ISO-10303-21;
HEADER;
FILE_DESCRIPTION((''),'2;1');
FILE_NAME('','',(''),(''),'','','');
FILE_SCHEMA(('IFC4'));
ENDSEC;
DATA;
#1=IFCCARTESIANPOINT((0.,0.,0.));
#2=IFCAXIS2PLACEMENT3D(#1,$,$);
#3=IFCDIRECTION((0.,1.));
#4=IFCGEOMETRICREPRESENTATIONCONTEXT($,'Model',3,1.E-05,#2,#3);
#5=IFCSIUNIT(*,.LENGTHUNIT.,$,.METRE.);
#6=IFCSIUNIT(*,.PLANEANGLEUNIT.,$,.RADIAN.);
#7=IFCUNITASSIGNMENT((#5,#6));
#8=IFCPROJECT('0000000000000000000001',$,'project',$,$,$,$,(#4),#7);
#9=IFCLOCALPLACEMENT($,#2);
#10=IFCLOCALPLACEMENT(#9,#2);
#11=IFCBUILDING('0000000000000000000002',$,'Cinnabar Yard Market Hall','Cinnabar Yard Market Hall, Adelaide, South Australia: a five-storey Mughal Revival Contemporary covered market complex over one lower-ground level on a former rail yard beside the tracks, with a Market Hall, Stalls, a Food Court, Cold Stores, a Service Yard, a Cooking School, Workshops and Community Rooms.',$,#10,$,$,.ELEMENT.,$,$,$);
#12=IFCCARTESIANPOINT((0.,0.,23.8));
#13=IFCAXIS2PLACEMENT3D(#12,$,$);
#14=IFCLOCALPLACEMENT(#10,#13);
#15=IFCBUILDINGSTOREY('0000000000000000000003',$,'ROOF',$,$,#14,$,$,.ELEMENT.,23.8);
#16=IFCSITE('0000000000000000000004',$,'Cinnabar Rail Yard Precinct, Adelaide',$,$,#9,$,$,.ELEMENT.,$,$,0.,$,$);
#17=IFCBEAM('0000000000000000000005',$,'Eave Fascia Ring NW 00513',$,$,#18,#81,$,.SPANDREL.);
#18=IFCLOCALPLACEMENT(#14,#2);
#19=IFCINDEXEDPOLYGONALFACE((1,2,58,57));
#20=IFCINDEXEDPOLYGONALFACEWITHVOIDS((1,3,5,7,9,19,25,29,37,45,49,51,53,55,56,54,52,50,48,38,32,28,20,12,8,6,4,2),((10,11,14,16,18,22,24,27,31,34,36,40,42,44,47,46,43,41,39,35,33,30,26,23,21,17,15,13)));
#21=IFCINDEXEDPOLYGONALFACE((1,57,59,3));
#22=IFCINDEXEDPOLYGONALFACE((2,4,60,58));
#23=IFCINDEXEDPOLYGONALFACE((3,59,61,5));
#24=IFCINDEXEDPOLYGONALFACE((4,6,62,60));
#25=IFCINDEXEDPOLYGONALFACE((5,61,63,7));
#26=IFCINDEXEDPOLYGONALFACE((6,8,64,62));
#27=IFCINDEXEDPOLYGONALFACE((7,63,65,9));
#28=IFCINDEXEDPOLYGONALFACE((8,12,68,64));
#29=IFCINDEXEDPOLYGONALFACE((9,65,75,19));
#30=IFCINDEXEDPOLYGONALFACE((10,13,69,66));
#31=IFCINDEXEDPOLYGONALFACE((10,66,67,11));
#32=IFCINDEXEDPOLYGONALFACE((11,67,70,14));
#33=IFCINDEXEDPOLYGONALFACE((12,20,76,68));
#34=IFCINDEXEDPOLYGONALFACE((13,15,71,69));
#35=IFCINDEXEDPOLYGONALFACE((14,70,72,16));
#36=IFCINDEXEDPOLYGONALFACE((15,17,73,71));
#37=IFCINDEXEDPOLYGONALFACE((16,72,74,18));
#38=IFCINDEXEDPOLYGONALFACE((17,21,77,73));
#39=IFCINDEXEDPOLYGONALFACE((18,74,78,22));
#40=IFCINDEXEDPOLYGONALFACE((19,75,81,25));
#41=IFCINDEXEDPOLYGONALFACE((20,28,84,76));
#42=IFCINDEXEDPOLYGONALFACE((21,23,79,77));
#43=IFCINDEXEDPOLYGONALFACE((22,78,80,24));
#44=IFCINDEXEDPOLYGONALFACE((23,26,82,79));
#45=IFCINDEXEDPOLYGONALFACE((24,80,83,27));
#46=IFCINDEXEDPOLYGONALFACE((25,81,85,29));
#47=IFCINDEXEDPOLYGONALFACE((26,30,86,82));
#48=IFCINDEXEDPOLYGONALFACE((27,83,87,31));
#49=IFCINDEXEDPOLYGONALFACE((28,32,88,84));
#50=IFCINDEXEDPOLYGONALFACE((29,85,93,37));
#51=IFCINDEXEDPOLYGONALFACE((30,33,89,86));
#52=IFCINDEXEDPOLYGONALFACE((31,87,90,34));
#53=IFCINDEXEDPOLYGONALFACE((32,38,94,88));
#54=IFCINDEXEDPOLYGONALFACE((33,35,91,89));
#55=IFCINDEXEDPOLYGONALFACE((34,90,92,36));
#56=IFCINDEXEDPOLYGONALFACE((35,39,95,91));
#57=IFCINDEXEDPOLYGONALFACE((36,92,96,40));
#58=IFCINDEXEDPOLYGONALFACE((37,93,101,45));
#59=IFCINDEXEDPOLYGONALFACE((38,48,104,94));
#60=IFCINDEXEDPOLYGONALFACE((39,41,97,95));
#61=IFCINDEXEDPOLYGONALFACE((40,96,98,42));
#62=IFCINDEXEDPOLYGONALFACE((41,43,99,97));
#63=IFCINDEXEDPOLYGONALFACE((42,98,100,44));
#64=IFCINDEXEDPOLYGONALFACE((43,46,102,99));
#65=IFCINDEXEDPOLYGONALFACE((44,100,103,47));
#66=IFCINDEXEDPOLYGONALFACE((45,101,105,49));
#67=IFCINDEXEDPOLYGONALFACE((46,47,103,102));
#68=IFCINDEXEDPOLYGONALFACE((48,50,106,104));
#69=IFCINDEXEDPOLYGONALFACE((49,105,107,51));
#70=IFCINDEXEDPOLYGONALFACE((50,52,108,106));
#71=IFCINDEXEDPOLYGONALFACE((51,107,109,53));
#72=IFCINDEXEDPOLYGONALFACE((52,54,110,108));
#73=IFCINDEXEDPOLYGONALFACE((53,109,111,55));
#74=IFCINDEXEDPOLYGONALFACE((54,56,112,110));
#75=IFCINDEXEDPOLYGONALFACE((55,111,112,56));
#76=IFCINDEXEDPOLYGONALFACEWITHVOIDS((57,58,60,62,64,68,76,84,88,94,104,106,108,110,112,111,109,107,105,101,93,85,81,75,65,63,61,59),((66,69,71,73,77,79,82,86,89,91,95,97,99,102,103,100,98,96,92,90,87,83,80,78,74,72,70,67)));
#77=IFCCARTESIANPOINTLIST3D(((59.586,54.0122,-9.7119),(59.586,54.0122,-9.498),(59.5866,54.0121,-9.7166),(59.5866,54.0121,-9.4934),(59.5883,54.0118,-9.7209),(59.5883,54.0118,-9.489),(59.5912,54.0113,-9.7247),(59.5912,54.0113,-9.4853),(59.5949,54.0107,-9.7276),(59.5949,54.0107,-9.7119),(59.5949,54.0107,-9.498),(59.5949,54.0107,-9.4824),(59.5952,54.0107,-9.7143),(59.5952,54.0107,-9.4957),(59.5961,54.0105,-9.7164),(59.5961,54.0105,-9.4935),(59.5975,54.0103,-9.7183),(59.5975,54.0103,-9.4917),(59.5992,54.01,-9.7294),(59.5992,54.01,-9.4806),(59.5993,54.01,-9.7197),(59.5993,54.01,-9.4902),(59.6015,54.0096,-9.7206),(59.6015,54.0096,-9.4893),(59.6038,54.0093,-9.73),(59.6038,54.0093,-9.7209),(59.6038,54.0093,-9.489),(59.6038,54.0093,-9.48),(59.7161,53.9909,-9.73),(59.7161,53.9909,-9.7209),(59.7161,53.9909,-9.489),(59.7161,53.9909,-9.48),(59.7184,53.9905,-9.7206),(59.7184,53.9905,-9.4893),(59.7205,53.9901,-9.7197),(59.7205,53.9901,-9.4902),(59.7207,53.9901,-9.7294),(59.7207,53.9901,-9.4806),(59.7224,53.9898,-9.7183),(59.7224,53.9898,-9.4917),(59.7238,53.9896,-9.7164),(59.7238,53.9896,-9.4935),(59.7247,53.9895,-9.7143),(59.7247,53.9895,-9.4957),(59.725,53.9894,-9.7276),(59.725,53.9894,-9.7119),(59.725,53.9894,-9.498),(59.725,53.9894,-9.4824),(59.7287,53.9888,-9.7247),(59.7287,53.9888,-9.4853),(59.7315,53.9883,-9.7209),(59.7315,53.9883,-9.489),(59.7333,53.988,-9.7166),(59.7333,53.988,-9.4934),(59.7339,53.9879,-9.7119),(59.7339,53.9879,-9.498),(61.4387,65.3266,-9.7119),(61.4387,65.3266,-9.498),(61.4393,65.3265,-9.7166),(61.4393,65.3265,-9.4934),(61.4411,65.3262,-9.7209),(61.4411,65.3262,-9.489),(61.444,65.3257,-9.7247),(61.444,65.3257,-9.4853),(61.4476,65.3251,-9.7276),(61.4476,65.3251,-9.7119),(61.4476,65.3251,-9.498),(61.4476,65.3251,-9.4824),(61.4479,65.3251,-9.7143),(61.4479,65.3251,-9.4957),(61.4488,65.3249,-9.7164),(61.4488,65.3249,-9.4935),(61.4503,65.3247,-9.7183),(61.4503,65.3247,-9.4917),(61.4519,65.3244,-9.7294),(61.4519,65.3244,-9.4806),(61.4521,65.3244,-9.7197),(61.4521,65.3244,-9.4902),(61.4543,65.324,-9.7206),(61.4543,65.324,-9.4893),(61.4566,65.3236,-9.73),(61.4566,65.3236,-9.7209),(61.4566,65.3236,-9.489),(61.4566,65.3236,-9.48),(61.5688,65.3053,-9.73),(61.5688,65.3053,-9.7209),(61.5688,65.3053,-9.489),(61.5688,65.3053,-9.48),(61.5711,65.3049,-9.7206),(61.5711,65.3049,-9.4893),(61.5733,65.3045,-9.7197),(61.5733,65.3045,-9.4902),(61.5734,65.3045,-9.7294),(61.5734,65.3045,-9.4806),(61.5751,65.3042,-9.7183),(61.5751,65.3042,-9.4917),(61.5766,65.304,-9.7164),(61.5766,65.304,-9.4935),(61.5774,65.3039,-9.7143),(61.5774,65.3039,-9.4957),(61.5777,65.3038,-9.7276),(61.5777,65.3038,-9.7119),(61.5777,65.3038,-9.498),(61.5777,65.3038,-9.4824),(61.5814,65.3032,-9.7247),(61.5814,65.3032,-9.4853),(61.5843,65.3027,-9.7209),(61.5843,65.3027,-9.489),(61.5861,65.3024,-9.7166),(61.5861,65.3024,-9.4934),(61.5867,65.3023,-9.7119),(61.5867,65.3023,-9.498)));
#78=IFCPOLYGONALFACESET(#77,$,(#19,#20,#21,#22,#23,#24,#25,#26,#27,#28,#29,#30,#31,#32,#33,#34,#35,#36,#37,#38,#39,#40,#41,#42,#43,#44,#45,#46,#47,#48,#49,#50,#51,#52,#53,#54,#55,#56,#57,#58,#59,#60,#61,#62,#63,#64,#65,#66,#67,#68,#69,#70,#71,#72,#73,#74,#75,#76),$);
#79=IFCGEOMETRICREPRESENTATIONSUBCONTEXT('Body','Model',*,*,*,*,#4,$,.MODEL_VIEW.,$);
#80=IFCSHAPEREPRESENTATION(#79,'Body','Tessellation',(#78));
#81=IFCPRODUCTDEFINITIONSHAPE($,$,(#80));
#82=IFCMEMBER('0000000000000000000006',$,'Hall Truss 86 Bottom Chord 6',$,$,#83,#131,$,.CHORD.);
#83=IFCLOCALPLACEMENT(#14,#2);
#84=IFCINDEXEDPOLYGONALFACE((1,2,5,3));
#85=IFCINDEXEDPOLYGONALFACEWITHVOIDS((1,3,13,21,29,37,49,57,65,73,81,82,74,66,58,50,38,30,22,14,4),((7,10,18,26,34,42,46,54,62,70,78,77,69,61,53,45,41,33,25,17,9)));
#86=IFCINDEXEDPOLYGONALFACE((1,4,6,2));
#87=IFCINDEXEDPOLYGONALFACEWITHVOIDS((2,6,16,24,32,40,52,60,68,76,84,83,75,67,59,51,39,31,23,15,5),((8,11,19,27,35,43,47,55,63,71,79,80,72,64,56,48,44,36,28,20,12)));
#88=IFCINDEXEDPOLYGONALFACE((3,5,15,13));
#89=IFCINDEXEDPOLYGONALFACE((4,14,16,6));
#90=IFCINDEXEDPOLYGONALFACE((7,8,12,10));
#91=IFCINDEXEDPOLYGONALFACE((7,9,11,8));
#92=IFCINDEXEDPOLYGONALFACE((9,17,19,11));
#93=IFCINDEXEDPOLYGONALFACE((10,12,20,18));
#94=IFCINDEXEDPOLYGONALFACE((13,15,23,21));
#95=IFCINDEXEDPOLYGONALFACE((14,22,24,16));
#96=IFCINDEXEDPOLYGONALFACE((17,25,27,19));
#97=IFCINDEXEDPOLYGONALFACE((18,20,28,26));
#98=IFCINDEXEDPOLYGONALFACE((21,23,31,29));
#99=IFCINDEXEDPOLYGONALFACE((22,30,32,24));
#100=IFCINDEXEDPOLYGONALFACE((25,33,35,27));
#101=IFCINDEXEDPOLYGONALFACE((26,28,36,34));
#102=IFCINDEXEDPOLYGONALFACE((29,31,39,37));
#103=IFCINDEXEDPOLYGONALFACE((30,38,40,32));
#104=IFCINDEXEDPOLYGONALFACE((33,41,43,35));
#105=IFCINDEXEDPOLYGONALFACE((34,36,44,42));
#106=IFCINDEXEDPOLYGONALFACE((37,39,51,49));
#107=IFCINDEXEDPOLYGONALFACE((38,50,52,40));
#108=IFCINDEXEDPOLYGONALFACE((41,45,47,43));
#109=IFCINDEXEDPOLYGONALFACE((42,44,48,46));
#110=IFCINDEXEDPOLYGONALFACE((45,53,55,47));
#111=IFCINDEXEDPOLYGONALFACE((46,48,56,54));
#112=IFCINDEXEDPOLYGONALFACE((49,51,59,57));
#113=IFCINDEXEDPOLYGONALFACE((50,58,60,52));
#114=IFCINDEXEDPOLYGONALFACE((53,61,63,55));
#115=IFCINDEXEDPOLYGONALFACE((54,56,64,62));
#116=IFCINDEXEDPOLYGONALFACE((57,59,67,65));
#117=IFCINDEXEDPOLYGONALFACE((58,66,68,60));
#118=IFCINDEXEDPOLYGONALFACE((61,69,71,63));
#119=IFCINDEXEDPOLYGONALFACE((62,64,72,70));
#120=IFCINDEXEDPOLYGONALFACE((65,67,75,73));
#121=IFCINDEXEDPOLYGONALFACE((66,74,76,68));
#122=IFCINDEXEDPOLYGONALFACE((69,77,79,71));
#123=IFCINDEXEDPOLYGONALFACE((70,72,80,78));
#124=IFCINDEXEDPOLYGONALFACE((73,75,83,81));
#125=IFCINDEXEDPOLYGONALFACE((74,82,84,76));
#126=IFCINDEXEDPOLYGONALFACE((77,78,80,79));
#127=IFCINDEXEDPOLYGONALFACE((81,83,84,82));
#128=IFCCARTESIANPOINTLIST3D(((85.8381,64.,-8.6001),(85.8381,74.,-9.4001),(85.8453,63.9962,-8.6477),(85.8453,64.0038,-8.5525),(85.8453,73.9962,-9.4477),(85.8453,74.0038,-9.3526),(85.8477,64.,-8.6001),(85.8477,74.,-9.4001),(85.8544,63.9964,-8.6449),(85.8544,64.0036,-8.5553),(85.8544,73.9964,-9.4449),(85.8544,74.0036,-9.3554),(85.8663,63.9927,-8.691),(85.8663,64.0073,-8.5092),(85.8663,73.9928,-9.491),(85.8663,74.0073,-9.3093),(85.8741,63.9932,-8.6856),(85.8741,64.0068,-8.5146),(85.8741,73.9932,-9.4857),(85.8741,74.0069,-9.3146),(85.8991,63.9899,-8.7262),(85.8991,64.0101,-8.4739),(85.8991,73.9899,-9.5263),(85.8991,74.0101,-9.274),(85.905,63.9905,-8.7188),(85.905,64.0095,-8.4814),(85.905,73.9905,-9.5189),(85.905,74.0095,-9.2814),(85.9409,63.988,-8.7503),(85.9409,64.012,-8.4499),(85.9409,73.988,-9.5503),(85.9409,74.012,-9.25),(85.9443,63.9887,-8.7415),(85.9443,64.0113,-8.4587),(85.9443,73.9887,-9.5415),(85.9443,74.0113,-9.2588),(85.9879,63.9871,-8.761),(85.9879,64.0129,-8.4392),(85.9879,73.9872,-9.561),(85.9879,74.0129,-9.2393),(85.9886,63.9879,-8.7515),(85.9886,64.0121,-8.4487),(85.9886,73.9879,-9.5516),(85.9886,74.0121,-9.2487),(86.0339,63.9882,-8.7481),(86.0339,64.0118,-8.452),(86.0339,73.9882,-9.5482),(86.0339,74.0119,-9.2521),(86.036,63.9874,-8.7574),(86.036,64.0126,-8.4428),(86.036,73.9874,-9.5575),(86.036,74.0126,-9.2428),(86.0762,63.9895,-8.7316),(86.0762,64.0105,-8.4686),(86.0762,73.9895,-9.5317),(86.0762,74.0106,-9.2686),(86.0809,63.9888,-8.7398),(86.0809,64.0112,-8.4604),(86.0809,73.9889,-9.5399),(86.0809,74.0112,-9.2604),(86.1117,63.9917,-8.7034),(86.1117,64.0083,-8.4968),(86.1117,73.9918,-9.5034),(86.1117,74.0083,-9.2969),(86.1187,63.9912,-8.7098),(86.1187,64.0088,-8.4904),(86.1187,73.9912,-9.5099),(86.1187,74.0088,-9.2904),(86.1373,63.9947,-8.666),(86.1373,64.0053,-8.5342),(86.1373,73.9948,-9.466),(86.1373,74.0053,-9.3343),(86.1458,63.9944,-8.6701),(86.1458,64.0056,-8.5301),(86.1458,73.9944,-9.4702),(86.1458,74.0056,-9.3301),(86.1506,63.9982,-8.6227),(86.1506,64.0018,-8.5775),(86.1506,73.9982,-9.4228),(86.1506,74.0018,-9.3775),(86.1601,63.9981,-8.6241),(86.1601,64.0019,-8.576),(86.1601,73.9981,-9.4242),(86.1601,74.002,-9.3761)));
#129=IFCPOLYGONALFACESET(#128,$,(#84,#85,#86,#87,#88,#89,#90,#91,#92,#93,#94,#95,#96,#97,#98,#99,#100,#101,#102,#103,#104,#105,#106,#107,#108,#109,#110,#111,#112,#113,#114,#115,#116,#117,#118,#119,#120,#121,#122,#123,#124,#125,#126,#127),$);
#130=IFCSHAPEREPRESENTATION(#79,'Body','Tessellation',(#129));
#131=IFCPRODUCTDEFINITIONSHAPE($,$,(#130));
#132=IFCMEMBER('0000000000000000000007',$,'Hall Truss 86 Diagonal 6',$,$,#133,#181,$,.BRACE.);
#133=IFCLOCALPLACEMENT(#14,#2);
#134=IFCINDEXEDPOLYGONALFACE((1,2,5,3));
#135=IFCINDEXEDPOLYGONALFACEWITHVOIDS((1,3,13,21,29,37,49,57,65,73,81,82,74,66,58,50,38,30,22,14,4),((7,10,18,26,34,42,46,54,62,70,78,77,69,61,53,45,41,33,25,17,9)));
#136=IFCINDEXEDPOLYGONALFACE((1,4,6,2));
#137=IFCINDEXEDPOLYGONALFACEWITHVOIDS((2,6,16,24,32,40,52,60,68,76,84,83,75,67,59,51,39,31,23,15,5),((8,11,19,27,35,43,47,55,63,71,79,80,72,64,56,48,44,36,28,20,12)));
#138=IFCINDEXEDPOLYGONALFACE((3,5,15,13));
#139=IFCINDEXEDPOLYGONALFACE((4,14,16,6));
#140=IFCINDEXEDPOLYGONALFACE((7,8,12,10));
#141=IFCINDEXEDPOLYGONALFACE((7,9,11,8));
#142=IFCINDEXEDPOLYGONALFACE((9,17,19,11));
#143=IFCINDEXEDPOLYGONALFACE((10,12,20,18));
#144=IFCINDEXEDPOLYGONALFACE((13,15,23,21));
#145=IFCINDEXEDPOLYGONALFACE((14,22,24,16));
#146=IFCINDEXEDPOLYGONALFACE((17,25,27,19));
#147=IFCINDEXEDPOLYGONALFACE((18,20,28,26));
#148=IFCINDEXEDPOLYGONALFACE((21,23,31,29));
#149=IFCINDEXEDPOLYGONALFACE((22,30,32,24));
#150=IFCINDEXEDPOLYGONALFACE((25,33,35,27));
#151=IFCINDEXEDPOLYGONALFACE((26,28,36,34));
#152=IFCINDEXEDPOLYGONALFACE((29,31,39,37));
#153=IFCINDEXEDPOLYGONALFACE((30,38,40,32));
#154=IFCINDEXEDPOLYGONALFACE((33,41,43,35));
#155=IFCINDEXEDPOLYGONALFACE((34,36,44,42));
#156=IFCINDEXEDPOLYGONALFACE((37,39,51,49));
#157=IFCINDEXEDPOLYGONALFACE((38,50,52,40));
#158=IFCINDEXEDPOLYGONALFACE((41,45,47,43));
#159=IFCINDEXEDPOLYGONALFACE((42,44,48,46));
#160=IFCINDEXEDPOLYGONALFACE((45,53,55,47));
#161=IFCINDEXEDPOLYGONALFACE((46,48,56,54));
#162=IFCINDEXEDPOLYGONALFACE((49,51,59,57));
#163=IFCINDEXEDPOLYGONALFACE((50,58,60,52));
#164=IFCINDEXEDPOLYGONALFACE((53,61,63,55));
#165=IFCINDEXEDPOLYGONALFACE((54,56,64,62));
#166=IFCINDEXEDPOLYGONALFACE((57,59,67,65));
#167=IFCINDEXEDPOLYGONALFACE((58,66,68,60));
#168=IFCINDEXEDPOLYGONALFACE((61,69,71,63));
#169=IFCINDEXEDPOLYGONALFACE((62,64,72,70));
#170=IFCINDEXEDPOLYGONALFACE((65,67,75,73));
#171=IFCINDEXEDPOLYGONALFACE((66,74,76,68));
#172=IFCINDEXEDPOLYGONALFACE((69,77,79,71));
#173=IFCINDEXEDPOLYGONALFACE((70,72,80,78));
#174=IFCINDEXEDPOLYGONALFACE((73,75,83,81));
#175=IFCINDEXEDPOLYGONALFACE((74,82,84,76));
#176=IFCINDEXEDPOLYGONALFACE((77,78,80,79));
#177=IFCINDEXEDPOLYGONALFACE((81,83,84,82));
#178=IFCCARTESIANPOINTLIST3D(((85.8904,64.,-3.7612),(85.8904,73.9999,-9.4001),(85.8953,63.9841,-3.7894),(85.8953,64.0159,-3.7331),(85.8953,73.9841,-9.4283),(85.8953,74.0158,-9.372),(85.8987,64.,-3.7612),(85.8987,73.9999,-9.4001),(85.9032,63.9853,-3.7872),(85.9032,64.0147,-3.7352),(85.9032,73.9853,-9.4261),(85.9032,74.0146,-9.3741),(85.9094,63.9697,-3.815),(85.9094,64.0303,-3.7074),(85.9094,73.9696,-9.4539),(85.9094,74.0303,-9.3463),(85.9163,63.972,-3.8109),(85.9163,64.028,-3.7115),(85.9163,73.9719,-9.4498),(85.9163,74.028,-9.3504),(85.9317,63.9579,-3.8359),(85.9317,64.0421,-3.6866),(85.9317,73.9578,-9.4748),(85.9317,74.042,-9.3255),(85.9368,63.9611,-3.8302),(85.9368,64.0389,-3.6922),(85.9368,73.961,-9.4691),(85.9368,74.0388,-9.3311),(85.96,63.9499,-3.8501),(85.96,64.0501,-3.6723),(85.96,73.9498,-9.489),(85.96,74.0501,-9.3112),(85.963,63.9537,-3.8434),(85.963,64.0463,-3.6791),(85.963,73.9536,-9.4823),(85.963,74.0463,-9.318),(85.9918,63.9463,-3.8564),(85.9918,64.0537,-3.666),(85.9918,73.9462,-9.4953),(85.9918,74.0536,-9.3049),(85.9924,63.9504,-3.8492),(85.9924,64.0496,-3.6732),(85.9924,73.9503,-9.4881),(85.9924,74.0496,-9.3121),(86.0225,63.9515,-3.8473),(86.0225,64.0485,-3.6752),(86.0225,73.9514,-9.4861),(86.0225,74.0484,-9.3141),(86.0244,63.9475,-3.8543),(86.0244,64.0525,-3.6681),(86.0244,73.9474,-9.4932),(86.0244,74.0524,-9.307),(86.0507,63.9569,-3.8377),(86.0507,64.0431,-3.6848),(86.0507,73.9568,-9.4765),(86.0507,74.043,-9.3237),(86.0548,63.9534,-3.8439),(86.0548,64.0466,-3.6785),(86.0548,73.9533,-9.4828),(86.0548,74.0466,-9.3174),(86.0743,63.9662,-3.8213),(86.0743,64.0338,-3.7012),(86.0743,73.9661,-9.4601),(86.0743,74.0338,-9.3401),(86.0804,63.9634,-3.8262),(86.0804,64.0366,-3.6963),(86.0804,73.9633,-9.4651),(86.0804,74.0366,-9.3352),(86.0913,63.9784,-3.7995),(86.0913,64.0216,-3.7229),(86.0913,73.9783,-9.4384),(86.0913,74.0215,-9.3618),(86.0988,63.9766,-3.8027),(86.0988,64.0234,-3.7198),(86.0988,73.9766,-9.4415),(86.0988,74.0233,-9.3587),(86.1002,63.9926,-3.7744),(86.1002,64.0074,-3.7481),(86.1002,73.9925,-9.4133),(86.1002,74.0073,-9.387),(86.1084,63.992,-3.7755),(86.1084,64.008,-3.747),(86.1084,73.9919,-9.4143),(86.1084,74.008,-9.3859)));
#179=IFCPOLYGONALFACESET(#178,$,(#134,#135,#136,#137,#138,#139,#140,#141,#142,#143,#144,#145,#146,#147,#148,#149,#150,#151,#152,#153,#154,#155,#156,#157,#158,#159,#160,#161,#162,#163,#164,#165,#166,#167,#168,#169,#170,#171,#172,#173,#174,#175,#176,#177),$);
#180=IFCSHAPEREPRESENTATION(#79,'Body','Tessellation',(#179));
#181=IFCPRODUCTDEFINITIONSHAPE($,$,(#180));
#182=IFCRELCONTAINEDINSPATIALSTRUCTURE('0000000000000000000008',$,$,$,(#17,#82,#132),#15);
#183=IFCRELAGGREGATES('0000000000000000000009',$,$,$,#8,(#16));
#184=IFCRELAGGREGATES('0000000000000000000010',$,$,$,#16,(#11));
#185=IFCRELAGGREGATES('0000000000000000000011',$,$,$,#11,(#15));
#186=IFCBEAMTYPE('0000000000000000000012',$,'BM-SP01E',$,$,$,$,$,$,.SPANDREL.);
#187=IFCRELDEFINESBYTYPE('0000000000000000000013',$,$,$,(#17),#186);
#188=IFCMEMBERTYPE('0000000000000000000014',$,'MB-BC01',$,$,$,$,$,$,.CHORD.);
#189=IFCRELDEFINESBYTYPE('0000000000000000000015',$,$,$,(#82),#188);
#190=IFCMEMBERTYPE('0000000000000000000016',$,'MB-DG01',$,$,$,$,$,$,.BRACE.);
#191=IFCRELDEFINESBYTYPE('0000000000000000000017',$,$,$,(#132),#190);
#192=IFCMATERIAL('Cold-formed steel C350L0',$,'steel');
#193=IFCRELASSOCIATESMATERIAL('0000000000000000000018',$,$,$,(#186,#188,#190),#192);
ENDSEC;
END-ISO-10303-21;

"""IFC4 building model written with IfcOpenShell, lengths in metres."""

from ifc_helpers import new_model, si_unit, direction, frame, origin, origin_2d_with_axis, place, context, subcontext, project, spatial, hollow_rectangle, hollow_circle, extrude, material, material_profile, profile_set, type_object, element, save


model = new_model("IFC4")

# Units and contexts
model_context = context("Model", 3, precision=1e-05, world=origin(), true_north=direction((0.0, 1.0)))
body_context = subcontext(model_context, "Body", "Model", "MODEL_VIEW")
ifc_project = project(units=[si_unit("LENGTHUNIT", "METRE"), si_unit("PLANEANGLEUNIT", "RADIAN")], contexts=[model_context])

# Site, building, storey
site_placement = place(None, origin())
site = spatial("IfcSite", under=ifc_project, at=site_placement, Name="Cinnabar Rail Yard Precinct, Adelaide", CompositionType="ELEMENT", RefElevation=0.0)
building_placement = place(site_placement, origin())
building = spatial("IfcBuilding", under=site, at=building_placement, Name="Cinnabar Yard Market Hall", Description="Cinnabar Yard Market Hall, Adelaide, South Australia: a five-storey Mughal Revival Contemporary covered market complex over one lower-ground level on a former rail yard beside the tracks, with a Market Hall, Stalls, a Food Court, Cold Stores, a Service Yard, a Cooking School, Workshops and Community Rooms.", CompositionType="ELEMENT")
storey_placement = place(building_placement, frame((0.0, 0.0, 23.8)))
storey = spatial("IfcBuildingStorey", under=building, at=storey_placement, Name="ROOF", CompositionType="ELEMENT", Elevation=23.8)

# Beam
ifc_material_1 = material(Name="Cold-formed steel C350L0", Category="steel")
ifc_material_profile_1 = material_profile(ifc_material_1, hollow_rectangle(XDim=0.1499, YDim=0.25, WallThickness=0.009, InnerFilletRadius=0.009, OuterFilletRadius=0.0181, at=origin_2d_with_axis()), Name="250x150x9.0RHS")
ifc_profile_set_1 = profile_set([ifc_material_profile_1], Name="Cold-formed steel C350L0")
beam_type_1 = type_object("IfcBeamType", Name="BM-SP01E", PredefinedType="SPANDREL", material=ifc_profile_set_1)
beam_1_placement = place(storey_placement, frame((61.5127, 65.3145, -9.605), z_axis=(-0.161601, -0.986856, 0.0), x_axis=(0.986856, -0.161601, 0.0)))
element("IfcBeam", 1, at=beam_1_placement, inside=storey, type_object=beam_type_1, Name="Eave Fascia Ring NW 00513", PredefinedType="SPANDREL", context=body_context, shape_type="SweptSolid", body=[
    extrude(hollow_rectangle(XDim=0.1499, YDim=0.25, WallThickness=0.009, InnerFilletRadius=0.009, OuterFilletRadius=0.0181, at=origin_2d_with_axis()), origin(), (0.0, 0.0, 1.0), 11.4651),
])

# Members
ifc_material_profile_2 = material_profile(ifc_material_1, hollow_circle(Radius=0.1619, WallThickness=0.0095, at=origin_2d_with_axis()), Name="323.9x9.5CHS")
ifc_profile_set_2 = profile_set([ifc_material_profile_2], Name="Cold-formed steel C350L0")
member_type_1 = type_object("IfcMemberType", Name="MB-BC01", PredefinedType="CHORD", material=ifc_profile_set_2)
member_1_placement = place(storey_placement, frame((86.0, 64.0, -8.6001), z_axis=(0.0, 0.996815, -0.07975), x_axis=(-1.0, 0.0, 0.0)))
element("IfcMember", 2, at=member_1_placement, inside=storey, type_object=member_type_1, Name="Hall Truss 86 Bottom Chord 6", PredefinedType="CHORD", context=body_context, shape_type="SweptSolid", body=[
    extrude(hollow_circle(Radius=0.1619, WallThickness=0.0095, at=origin_2d_with_axis()), origin(), (0.0, 0.0, 1.0), 10.032),
])
ifc_material_profile_3 = material_profile(ifc_material_1, hollow_circle(Radius=0.1096, WallThickness=0.0083, at=origin_2d_with_axis()), Name="219.1x8.2CHS")
ifc_profile_set_3 = profile_set([ifc_material_profile_3], Name="Cold-formed steel C350L0")
member_type_2 = type_object("IfcMemberType", Name="MB-DG01", PredefinedType="BRACE", material=ifc_profile_set_3)
member_2_placement = place(storey_placement, frame((86.0, 64.0, -3.7612), z_axis=(0.0, 0.871057, -0.491182), x_axis=(-1.0, 0.0, 0.0)))
element("IfcMember", 3, at=member_2_placement, inside=storey, type_object=member_type_2, Name="Hall Truss 86 Diagonal 6", PredefinedType="BRACE", context=body_context, shape_type="SweptSolid", body=[
    extrude(hollow_circle(Radius=0.1096, WallThickness=0.0083, at=origin_2d_with_axis()), origin(), (0.0, 0.0, 1.0), 11.4802),
])

save(model, "model.ifc")
